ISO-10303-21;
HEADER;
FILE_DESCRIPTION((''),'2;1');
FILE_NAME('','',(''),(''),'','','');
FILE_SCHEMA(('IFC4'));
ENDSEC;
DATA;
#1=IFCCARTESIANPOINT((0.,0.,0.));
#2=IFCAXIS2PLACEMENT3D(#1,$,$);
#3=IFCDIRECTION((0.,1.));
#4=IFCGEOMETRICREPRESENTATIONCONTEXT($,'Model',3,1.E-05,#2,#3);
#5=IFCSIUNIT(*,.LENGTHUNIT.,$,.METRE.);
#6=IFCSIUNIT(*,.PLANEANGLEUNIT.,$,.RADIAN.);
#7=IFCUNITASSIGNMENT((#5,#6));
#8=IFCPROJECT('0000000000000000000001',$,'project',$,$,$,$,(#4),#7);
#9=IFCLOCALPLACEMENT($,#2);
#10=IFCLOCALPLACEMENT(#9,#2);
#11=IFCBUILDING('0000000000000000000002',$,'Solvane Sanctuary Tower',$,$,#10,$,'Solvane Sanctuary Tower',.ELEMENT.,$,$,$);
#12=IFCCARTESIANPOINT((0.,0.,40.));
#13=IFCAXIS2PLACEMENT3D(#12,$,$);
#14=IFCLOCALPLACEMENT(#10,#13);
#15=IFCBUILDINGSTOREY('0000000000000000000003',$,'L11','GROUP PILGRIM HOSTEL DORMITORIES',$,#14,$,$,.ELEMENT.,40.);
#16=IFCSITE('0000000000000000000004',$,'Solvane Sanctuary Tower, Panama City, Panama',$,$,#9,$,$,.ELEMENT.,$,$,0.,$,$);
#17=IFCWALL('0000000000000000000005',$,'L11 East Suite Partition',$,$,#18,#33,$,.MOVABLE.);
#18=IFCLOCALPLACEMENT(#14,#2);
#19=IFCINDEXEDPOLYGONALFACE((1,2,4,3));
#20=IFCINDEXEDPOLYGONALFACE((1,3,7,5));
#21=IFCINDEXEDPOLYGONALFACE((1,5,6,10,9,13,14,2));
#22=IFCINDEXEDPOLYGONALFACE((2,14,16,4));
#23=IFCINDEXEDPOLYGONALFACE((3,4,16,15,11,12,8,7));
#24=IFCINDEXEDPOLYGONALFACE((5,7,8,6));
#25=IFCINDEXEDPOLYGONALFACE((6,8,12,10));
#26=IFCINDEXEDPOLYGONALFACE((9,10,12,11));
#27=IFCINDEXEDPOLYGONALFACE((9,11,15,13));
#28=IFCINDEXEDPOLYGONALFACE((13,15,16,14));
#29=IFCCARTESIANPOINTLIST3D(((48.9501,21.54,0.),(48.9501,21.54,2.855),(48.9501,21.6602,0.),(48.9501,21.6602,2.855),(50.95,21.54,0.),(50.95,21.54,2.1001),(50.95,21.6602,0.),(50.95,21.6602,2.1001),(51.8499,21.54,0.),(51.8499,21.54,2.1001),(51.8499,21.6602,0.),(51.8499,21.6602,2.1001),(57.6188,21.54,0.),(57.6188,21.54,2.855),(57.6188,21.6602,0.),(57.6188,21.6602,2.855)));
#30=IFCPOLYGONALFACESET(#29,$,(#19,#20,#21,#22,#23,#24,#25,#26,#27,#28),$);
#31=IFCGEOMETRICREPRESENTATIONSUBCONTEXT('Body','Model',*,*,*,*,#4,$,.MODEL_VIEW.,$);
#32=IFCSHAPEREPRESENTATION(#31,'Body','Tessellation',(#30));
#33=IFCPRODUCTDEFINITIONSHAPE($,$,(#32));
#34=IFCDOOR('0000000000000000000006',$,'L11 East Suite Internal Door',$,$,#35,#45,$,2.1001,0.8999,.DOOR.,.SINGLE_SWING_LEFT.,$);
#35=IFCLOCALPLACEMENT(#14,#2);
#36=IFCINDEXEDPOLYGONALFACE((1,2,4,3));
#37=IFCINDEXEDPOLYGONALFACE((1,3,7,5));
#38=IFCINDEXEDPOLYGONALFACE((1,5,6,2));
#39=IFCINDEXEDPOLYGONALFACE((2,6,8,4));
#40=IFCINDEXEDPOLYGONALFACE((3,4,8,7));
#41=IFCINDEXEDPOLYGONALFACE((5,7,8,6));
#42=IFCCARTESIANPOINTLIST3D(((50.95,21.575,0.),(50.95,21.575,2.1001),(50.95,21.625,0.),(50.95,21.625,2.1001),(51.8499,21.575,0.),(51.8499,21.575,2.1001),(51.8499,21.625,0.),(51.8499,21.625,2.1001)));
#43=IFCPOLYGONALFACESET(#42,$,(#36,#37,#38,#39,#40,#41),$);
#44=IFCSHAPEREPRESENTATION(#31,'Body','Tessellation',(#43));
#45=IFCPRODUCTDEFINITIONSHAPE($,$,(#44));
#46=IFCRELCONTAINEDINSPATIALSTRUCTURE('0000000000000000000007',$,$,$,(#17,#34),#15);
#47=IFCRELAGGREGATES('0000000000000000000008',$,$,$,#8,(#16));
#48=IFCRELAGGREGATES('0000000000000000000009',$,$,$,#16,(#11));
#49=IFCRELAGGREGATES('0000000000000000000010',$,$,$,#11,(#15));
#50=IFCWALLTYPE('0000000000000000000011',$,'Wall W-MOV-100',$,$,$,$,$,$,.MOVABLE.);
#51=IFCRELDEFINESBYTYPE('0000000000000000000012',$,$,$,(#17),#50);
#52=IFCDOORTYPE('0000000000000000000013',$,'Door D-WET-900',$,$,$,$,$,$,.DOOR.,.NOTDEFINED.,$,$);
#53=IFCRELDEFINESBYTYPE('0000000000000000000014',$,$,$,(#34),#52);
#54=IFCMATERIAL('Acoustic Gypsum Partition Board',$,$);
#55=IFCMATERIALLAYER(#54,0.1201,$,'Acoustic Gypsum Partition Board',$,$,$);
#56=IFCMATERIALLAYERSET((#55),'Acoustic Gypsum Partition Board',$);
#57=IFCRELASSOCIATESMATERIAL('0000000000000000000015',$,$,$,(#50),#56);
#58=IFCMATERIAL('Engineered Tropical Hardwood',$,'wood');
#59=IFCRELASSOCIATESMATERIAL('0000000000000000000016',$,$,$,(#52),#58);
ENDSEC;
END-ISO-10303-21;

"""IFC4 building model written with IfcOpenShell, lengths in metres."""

from ifc_helpers import new_model, si_unit, direction, frame, frame_2d, origin, place, context, subcontext, project, spatial, rectangle, extrude, material, layer, layer_set, type_object, element, fill, save


model = new_model("IFC4")

# Units and contexts
model_context = context("Model", 3, precision=1e-05, world=origin(), true_north=direction((0.0, 1.0)))
body_context = subcontext(model_context, "Body", "Model", "MODEL_VIEW")
ifc_project = project(units=[si_unit("LENGTHUNIT", "METRE"), si_unit("PLANEANGLEUNIT", "RADIAN")], contexts=[model_context])

# Site, building, storey
site_placement = place(None, origin())
site = spatial("IfcSite", under=ifc_project, at=site_placement, Name="Solvane Sanctuary Tower, Panama City, Panama", CompositionType="ELEMENT", RefElevation=0.0)
building_placement = place(site_placement, origin())
building = spatial("IfcBuilding", under=site, at=building_placement, Name="Solvane Sanctuary Tower", LongName="Solvane Sanctuary Tower", CompositionType="ELEMENT")
storey_placement = place(building_placement, frame((0.0, 0.0, 40.0)))
storey = spatial("IfcBuildingStorey", under=building, at=storey_placement, Name="L11", Description="GROUP PILGRIM HOSTEL DORMITORIES", CompositionType="ELEMENT", Elevation=40.0)

# Shared definitions
ifc_material_1 = material(Name="Acoustic Gypsum Partition Board")

# Shared definitions
ifc_material_2 = material(Name="Engineered Tropical Hardwood", Category="wood")

# Wall, opening, door
ifc_layer_1 = layer(ifc_material_1, 0.1201, Name="Acoustic Gypsum Partition Board")
ifc_layer_set_1 = layer_set([ifc_layer_1], Name="Acoustic Gypsum Partition Board")
wall_type_1 = type_object("IfcWallType", Name="Wall W-MOV-100", PredefinedType="MOVABLE", material=ifc_layer_set_1)
wall_1_placement = place(storey_placement, frame((48.95, 21.6001, 0.0), z_axis=(0.0, 0.0, 1.0), x_axis=(1.0, 0.0, 0.0)))
wall_1 = element("IfcWall", 1, at=wall_1_placement, inside=storey, type_object=wall_type_1, Name="L11 East Suite Partition", PredefinedType="MOVABLE", context=body_context, shape_type="SweptSolid", body=[
    extrude(rectangle(XDim=8.6687, YDim=0.1201, at=frame_2d((4.3345, 0.0))), origin(), (0.0, 0.0, 1.0), 2.855),
])
opening_1_placement = place(wall_1_placement, frame((2.0, 0.0, 0.0)))
opening_1 = element("IfcOpeningElement", 2, at=opening_1_placement, cuts=wall_1, PredefinedType="OPENING", context=body_context, shape_type="SweptSolid", body=[
    extrude(rectangle(XDim=0.8999, YDim=2.1001, at=frame_2d((0.45, 1.05))), frame((0.0, 0.0701, 0.0), z_axis=(0.0, -1.0, 0.0), x_axis=(1.0, 0.0, 0.0)), (0.0, 0.0, 1.0), 0.1401),
])
door_type_1 = type_object("IfcDoorType", Name="Door D-WET-900", OperationType="NOTDEFINED", PredefinedType="DOOR", material=ifc_material_2)
door_1_placement = place(opening_1_placement, origin())
door_1 = element("IfcDoor", 3, at=door_1_placement, inside=storey, type_object=door_type_1, Name="L11 East Suite Internal Door", OperationType="SINGLE_SWING_LEFT", OverallHeight=2.1001, OverallWidth=0.8999, PredefinedType="DOOR", context=body_context, shape_type="SweptSolid", body=[
    extrude(rectangle(XDim=0.8999, YDim=2.1001, at=frame_2d((0.45, 1.05))), frame((0.0, 0.0249, 0.0), z_axis=(0.0, -1.0, 0.0), x_axis=(1.0, 0.0, 0.0)), (0.0, 0.0, 1.0), 0.05),
])
fill(opening_1, door_1)

save(model, "model.ifc")
